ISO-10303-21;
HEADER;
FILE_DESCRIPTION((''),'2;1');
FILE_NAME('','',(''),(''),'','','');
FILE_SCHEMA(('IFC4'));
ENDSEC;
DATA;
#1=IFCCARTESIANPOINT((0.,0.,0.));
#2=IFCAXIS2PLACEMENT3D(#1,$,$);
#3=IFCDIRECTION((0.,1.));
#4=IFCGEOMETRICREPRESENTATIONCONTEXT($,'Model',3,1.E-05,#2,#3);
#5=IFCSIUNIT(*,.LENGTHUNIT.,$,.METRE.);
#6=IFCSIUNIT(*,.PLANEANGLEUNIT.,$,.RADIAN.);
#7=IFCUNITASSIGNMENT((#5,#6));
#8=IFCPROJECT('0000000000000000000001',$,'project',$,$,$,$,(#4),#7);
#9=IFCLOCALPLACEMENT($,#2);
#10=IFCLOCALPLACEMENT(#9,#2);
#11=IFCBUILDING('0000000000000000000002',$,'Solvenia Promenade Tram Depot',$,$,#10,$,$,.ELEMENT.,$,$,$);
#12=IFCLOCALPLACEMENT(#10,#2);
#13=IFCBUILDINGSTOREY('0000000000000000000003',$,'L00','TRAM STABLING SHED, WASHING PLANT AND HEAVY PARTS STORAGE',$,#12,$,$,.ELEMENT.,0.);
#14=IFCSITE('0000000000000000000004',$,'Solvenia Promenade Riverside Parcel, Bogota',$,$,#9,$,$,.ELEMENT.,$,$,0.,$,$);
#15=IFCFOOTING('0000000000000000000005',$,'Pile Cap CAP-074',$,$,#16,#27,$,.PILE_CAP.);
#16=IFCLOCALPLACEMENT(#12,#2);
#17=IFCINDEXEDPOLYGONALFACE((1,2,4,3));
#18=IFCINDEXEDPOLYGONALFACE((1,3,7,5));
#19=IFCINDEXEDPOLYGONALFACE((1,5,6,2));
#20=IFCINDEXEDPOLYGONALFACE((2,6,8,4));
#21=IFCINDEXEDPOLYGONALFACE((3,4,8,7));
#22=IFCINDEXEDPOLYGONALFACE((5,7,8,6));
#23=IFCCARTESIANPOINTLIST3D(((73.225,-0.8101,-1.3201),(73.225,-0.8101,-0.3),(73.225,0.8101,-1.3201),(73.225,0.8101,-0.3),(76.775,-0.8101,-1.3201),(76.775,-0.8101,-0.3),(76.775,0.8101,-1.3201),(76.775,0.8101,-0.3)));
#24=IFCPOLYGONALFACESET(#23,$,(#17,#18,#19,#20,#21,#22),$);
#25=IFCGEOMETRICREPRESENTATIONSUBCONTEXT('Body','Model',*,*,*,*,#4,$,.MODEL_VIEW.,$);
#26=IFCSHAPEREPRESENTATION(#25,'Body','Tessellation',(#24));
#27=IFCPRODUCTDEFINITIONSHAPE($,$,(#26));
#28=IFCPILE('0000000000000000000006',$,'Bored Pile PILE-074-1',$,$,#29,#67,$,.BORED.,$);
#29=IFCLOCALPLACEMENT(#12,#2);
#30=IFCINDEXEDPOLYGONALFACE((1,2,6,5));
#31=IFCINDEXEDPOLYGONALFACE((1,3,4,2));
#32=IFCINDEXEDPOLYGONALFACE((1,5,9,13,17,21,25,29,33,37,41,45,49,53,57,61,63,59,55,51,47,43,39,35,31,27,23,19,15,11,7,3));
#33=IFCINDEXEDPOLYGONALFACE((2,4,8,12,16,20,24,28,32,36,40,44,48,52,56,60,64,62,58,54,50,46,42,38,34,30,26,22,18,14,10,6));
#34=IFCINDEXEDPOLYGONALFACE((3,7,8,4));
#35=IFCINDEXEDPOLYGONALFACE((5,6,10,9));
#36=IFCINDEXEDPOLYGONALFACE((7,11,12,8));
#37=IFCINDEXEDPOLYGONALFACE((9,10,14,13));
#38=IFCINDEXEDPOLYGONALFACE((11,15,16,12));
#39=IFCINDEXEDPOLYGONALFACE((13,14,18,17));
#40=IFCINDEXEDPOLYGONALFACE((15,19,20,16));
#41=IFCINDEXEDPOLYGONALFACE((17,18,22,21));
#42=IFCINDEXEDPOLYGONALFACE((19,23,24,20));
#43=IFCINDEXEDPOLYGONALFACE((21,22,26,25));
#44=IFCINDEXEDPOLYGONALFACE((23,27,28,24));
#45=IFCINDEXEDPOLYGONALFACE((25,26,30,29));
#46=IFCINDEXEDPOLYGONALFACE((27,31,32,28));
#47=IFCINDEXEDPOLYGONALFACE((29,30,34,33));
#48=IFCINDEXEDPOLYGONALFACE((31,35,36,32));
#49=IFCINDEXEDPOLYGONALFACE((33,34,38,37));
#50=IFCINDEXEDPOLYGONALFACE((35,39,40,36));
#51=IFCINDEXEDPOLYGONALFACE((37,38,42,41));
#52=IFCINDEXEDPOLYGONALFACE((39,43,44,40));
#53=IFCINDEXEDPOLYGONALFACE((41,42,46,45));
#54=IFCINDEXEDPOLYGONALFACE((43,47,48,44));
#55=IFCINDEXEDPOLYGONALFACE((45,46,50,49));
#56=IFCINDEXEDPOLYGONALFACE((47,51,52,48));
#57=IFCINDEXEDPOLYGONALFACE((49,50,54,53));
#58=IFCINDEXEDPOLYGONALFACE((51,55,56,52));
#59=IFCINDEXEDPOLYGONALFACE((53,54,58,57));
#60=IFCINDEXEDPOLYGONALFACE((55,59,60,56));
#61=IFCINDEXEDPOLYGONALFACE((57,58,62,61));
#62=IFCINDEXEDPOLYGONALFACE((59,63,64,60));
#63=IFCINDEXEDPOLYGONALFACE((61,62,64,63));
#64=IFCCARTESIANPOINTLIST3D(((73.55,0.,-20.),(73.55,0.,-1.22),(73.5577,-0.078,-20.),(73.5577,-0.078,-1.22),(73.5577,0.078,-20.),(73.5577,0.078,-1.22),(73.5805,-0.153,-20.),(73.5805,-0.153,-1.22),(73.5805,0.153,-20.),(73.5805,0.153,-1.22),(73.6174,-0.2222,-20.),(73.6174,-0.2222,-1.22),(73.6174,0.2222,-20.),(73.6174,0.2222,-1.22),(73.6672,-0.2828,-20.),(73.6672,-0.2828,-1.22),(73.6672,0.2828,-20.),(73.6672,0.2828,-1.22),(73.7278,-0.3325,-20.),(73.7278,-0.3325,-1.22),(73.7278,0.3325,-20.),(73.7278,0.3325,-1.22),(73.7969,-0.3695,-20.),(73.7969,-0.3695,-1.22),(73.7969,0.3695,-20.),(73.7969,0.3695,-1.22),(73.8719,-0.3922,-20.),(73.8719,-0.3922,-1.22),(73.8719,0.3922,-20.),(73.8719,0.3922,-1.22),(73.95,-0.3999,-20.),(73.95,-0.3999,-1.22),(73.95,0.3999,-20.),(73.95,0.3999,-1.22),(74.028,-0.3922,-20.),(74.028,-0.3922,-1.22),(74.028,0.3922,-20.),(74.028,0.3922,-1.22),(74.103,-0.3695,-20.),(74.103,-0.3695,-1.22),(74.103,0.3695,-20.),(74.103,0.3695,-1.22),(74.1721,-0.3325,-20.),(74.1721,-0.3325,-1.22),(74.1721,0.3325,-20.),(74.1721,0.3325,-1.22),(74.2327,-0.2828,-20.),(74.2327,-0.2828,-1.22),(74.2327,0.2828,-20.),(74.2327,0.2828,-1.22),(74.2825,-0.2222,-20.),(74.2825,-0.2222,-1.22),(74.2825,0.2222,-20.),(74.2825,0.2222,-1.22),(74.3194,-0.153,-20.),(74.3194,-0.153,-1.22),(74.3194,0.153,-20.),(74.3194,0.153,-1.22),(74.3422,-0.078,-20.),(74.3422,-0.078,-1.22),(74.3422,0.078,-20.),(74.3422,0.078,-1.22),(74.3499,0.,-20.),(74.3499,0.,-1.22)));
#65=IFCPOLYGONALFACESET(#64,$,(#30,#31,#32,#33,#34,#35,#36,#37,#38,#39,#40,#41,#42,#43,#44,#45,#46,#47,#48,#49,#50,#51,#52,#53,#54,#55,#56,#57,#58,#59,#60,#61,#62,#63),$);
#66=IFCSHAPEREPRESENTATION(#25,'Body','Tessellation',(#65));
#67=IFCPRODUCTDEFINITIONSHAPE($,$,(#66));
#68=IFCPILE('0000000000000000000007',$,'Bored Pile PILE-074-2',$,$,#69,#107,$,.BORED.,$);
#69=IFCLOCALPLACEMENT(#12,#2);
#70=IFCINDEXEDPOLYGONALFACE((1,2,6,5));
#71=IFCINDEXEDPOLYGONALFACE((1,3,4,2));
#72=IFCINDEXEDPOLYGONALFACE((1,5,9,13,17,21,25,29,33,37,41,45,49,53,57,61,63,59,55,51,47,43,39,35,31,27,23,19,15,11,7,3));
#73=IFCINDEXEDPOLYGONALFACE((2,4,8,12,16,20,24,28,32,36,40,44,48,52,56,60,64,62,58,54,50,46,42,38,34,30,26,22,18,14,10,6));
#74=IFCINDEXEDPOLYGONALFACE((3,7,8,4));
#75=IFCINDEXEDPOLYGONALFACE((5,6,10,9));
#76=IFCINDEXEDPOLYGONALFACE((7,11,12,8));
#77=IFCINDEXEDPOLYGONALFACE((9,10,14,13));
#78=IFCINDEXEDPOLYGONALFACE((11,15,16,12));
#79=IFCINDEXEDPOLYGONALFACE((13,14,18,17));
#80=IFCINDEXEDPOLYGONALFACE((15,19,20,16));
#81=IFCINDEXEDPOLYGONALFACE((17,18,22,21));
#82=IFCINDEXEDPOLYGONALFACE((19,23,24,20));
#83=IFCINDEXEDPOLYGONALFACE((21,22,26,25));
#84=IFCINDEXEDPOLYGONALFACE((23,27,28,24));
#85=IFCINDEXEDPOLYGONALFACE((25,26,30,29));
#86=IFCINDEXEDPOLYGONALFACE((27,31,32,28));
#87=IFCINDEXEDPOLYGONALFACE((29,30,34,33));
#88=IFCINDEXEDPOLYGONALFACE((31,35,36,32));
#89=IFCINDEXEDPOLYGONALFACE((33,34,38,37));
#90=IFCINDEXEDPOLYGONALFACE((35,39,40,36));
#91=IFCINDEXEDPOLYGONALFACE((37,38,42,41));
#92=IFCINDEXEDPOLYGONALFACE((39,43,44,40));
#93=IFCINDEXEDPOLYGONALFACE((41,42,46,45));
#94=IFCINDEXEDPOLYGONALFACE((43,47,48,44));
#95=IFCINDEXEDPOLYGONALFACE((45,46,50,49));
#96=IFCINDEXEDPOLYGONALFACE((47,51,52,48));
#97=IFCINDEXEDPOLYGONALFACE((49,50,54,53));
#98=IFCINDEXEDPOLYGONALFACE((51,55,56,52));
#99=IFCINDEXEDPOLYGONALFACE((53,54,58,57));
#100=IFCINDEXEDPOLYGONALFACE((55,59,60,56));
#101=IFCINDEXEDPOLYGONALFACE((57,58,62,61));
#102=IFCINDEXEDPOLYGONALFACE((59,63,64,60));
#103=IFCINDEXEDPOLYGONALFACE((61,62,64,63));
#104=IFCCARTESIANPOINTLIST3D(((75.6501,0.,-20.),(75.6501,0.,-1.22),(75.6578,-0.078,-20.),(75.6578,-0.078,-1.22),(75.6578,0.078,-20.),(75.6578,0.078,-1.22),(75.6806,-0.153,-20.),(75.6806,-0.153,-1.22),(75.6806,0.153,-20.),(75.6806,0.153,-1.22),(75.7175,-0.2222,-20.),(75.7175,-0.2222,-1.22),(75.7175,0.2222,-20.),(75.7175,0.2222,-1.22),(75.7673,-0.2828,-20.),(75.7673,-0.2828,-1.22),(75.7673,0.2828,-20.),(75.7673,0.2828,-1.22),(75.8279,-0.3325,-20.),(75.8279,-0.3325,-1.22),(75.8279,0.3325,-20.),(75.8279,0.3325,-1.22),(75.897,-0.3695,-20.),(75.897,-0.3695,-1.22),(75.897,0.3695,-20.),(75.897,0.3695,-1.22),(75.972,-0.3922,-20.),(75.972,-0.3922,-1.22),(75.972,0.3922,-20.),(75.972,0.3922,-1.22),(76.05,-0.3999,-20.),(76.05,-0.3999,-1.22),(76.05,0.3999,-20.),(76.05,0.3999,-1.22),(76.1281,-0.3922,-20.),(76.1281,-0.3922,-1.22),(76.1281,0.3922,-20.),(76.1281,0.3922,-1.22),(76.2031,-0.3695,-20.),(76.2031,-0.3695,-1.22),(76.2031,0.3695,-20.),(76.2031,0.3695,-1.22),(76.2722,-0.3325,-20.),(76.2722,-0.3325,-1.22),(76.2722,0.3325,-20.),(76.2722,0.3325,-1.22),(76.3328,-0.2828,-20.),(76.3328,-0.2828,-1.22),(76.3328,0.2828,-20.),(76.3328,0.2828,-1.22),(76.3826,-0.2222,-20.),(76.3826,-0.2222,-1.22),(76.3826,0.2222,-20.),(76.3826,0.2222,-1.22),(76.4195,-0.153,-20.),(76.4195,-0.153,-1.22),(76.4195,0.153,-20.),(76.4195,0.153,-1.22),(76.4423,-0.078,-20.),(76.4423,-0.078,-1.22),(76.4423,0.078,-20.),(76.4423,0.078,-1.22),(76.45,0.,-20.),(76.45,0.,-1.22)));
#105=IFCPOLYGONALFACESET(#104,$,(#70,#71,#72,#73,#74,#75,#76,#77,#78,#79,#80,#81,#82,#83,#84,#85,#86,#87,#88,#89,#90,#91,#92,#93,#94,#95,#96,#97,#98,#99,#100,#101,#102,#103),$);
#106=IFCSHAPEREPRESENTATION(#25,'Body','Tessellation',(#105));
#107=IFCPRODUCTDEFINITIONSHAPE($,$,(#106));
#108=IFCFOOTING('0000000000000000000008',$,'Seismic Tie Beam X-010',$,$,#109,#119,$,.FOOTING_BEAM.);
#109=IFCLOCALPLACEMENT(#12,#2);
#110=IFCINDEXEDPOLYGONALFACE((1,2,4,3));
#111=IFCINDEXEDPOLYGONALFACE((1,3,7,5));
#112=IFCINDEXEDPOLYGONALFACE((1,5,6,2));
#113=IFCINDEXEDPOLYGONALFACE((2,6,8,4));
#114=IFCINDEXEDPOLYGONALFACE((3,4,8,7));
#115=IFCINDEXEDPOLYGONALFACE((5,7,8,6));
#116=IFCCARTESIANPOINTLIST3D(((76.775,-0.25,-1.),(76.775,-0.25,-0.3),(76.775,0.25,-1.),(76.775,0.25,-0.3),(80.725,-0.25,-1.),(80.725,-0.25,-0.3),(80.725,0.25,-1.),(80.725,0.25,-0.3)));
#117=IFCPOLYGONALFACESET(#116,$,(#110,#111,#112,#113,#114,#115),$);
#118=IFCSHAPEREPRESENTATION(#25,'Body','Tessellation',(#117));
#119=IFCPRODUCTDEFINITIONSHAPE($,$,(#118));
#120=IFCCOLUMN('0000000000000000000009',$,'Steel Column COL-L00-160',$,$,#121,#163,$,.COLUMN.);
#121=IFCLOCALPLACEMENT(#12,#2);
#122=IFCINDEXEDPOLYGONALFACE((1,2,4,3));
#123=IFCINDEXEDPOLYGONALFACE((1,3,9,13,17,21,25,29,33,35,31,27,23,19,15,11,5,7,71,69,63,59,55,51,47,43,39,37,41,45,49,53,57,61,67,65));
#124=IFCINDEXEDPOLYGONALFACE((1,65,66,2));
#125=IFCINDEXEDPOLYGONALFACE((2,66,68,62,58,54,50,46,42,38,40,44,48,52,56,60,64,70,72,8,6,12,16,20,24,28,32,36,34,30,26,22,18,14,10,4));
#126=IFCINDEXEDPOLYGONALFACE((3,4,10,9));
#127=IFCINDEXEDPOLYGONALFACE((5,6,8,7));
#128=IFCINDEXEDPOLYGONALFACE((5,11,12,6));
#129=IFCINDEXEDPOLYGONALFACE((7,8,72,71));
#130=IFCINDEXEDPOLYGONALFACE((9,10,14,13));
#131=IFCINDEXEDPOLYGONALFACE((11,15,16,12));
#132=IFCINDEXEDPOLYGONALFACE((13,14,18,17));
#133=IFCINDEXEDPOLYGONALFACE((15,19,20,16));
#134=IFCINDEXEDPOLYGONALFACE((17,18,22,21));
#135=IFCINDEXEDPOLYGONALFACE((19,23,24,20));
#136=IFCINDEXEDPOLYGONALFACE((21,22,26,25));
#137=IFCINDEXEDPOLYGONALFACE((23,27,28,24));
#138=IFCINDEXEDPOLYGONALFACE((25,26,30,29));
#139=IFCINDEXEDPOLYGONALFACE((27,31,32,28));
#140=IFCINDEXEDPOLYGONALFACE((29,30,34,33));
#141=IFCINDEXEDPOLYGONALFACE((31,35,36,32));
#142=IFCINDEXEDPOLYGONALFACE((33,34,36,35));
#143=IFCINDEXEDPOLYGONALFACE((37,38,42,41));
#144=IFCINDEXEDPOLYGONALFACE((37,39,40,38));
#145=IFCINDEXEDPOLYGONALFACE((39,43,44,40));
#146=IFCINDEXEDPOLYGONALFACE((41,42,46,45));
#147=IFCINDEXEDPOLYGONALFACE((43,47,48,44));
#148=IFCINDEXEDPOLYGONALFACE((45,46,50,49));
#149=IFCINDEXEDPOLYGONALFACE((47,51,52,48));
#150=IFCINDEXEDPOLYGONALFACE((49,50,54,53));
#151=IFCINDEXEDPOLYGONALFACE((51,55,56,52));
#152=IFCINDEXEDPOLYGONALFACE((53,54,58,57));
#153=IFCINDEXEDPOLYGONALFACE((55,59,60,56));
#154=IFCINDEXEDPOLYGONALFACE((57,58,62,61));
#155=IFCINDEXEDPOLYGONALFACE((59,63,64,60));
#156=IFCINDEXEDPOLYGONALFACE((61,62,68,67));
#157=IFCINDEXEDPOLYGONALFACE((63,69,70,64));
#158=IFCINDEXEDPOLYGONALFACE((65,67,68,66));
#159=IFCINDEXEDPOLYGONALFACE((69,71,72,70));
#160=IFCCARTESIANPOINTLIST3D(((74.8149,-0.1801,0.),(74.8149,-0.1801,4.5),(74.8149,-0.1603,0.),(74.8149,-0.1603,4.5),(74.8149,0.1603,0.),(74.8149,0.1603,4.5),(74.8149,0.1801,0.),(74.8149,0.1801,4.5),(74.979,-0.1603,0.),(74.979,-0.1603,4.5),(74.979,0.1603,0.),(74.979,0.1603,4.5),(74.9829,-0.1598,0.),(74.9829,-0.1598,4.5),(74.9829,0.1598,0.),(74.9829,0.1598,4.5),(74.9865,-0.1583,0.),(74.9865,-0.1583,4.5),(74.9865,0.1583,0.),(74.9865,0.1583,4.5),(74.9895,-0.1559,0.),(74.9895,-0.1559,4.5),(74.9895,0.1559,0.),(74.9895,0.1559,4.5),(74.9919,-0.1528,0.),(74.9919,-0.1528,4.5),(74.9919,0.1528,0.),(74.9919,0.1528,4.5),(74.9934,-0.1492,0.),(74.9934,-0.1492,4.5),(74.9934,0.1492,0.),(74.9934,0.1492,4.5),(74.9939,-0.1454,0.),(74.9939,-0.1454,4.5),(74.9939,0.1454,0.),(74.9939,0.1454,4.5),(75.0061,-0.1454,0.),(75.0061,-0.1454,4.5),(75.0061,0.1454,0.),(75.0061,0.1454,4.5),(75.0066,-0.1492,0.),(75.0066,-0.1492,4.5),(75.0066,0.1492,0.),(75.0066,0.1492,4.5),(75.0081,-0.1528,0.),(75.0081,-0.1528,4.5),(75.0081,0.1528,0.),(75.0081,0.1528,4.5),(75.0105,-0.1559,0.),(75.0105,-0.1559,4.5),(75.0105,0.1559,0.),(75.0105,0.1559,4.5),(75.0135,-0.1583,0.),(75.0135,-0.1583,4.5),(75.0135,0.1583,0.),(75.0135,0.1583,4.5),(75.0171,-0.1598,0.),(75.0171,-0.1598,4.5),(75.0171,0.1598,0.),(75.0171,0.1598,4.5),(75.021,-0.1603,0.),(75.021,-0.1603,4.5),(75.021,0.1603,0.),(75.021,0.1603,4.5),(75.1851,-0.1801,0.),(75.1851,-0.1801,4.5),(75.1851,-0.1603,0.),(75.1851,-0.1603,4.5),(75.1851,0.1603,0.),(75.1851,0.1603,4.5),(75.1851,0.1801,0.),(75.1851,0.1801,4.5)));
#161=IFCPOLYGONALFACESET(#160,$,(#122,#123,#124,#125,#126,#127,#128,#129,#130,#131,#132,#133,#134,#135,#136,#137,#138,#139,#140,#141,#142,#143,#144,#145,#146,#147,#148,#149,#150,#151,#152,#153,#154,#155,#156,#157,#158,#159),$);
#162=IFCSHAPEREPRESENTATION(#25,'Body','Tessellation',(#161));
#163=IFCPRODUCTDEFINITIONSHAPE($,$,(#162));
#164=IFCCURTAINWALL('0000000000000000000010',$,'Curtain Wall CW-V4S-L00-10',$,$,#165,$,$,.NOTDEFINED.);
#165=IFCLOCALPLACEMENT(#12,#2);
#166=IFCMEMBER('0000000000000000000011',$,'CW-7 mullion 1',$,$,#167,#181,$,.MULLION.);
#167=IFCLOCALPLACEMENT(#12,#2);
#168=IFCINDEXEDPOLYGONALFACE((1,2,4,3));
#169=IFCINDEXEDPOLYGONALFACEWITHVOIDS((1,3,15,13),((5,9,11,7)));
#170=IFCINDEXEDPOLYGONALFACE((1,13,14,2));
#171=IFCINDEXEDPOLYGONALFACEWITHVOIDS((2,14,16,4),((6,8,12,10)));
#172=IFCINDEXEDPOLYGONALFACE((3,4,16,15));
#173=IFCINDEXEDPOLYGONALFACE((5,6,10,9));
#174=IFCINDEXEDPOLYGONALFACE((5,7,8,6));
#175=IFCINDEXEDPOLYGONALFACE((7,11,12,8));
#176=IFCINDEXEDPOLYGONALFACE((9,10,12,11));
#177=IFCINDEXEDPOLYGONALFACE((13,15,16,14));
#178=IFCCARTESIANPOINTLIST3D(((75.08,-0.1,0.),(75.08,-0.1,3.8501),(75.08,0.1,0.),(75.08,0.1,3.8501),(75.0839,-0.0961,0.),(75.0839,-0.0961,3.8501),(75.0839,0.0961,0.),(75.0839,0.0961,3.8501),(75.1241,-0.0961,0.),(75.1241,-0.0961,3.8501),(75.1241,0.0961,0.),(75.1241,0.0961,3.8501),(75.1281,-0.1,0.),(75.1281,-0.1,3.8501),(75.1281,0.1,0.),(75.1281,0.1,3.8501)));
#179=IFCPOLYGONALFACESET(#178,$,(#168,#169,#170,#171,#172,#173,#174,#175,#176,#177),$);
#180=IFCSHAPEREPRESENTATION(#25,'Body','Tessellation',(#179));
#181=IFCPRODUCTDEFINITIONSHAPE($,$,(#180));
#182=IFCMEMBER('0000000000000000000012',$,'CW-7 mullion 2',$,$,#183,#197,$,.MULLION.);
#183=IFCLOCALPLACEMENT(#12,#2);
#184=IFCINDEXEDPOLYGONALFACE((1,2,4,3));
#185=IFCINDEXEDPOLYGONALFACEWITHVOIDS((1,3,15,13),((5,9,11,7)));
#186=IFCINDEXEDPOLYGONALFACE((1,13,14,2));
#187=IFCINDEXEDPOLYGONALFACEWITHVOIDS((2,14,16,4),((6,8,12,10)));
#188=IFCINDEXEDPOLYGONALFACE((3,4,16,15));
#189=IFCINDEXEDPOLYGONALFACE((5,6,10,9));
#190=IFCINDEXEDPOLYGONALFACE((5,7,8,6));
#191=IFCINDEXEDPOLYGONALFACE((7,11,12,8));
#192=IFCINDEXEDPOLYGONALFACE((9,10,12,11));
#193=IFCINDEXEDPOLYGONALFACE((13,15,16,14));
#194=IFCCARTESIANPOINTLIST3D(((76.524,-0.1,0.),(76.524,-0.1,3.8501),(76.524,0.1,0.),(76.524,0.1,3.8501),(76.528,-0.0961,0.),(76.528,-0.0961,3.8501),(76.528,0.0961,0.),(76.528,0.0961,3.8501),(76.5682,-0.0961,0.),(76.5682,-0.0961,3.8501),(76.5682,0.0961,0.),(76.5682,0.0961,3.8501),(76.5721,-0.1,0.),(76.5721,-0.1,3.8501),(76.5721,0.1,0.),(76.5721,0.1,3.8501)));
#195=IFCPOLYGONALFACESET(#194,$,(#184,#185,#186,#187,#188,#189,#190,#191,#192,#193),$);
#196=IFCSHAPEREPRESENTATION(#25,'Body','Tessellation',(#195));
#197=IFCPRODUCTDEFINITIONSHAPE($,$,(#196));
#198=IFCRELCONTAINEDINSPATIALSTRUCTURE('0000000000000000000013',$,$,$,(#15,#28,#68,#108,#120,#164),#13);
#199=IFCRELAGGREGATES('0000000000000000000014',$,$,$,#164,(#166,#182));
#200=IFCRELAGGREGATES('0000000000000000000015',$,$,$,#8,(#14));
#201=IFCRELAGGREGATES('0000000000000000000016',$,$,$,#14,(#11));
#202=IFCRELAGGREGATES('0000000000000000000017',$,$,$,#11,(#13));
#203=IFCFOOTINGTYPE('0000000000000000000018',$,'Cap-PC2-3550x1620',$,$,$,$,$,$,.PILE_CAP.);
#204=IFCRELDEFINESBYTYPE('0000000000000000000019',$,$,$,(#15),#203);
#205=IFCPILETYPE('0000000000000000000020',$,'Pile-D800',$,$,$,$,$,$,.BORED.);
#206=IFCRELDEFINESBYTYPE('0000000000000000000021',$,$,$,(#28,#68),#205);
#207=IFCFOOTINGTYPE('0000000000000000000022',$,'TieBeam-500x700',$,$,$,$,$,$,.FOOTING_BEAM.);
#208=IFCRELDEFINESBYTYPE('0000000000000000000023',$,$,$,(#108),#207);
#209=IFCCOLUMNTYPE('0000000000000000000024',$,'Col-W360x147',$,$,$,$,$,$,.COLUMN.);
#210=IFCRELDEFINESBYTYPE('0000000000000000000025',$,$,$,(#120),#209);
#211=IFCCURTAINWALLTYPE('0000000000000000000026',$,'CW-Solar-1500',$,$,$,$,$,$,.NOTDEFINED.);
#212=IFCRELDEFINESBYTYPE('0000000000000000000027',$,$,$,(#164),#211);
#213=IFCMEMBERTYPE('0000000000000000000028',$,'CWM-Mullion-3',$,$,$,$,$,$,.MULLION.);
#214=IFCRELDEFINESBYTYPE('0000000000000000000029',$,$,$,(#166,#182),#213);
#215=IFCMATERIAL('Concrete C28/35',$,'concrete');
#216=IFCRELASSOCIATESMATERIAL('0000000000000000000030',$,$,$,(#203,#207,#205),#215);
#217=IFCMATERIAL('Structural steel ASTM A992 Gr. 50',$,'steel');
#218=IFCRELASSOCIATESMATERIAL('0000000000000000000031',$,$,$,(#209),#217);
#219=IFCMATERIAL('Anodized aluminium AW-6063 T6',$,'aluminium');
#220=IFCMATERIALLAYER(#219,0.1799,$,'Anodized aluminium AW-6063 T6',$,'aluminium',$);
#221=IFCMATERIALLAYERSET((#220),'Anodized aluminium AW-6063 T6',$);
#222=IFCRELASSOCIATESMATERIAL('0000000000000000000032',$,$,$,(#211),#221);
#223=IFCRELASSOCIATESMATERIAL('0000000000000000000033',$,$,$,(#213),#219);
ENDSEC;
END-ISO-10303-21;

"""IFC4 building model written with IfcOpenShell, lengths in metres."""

from ifc_helpers import new_model, si_unit, direction, frame, origin, origin_2d, place, context, subcontext, project, spatial, rectangle, hollow_rectangle, circle, i_section, extrude, material, layer, layer_set, material_profile, profile_set, type_object, element, aggregate, save


model = new_model("IFC4")

# Units and contexts
model_context = context("Model", 3, precision=1e-05, world=origin(), true_north=direction((0.0, 1.0)))
body_context = subcontext(model_context, "Body", "Model", "MODEL_VIEW")
ifc_project = project(units=[si_unit("LENGTHUNIT", "METRE"), si_unit("PLANEANGLEUNIT", "RADIAN")], contexts=[model_context])

# Site, building, storey
site_placement = place(None, origin())
site = spatial("IfcSite", under=ifc_project, at=site_placement, Name="Solvenia Promenade Riverside Parcel, Bogota", CompositionType="ELEMENT", RefElevation=0.0)
building_placement = place(site_placement, origin())
building = spatial("IfcBuilding", under=site, at=building_placement, Name="Solvenia Promenade Tram Depot", CompositionType="ELEMENT")
storey_placement = place(building_placement, origin())
storey = spatial("IfcBuildingStorey", under=building, at=storey_placement, Name="L00", Description="TRAM STABLING SHED, WASHING PLANT AND HEAVY PARTS STORAGE", CompositionType="ELEMENT", Elevation=0.0)

# Footing
ifc_material_1 = material(Name="Concrete C28/35", Category="concrete")
footing_type_1 = type_object("IfcFootingType", Name="Cap-PC2-3550x1620", PredefinedType="PILE_CAP", material=ifc_material_1)
footing_1_placement = place(storey_placement, frame((75.0, 0.0, -1.3201), z_axis=(0.0, 0.0, 1.0), x_axis=(1.0, 0.0, 0.0)))
element("IfcFooting", 1, at=footing_1_placement, inside=storey, type_object=footing_type_1, Name="Pile Cap CAP-074", PredefinedType="PILE_CAP", context=body_context, shape_type="SweptSolid", body=[
    extrude(rectangle(XDim=3.55, YDim=1.6201, at=origin_2d()), origin(), (0.0, 0.0, 1.0), 1.02),
])

# Piles
ifc_material_profile_1 = material_profile(ifc_material_1, circle(Radius=0.3999, at=origin_2d()), Name="D800", Category="concrete")
ifc_profile_set_1 = profile_set([ifc_material_profile_1], Name="Concrete C28/35")
pile_type = type_object("IfcPileType", Name="Pile-D800", PredefinedType="BORED", material=ifc_profile_set_1)
for number, where, z_axis, x_axis, name in (
    (2, (73.95, 0.0, -1.22), (0.0, 0.0, -1.0), (1.0, 0.0, 0.0), "Bored Pile PILE-074-1"),
    (3, (76.05, 0.0, -1.22), (0.0, 0.0, -1.0), (1.0, 0.0, 0.0), "Bored Pile PILE-074-2"),
):
    element("IfcPile", number, at=place(storey_placement, frame(where, z_axis=z_axis, x_axis=x_axis)), inside=storey, type_object=pile_type, Name=name, PredefinedType="BORED", context=body_context, shape_type="SweptSolid", body=[
        extrude(circle(Radius=0.3999, at=origin_2d()), origin(), (0.0, 0.0, 1.0), 18.78),
    ])

# Footing
footing_type_2 = type_object("IfcFootingType", Name="TieBeam-500x700", PredefinedType="FOOTING_BEAM", material=ifc_material_1)
footing_2_placement = place(storey_placement, frame((78.75, 0.0, -1.0), z_axis=(0.0, 0.0, 1.0), x_axis=(1.0, 0.0, 0.0)))
element("IfcFooting", 4, at=footing_2_placement, inside=storey, type_object=footing_type_2, Name="Seismic Tie Beam X-010", PredefinedType="FOOTING_BEAM", context=body_context, shape_type="SweptSolid", body=[
    extrude(rectangle(XDim=3.95, YDim=0.5, at=origin_2d()), origin(), (0.0, 0.0, 1.0), 0.7),
])

# Column
ifc_material_2 = material(Name="Structural steel ASTM A992 Gr. 50", Category="steel")
ifc_material_profile_2 = material_profile(ifc_material_2, i_section(OverallWidth=0.3701, OverallDepth=0.3601, WebThickness=0.0122, FlangeThickness=0.0198, FilletRadius=0.0149, at=origin_2d()), Name="W360x147", Category="steel")
ifc_profile_set_2 = profile_set([ifc_material_profile_2], Name="Structural steel ASTM A992 Gr. 50")
column_type = type_object("IfcColumnType", Name="Col-W360x147", PredefinedType="COLUMN", material=ifc_profile_set_2)
column_placement = place(storey_placement, frame((75.0, 0.0, 0.0), z_axis=(0.0, 0.0, 1.0), x_axis=(1.0, 0.0, 0.0)))
element("IfcColumn", 5, at=column_placement, inside=storey, type_object=column_type, Name="Steel Column COL-L00-160", PredefinedType="COLUMN", context=body_context, shape_type="SweptSolid", body=[
    extrude(i_section(OverallWidth=0.3701, OverallDepth=0.3601, WebThickness=0.0122, FlangeThickness=0.0198, FilletRadius=0.0149, at=origin_2d()), origin(), (0.0, 0.0, 1.0), 4.5),
])

# Curtain wall, members
ifc_material_3 = material(Name="Anodized aluminium AW-6063 T6", Category="aluminium")
ifc_layer_1 = layer(ifc_material_3, 0.1799, Name="Anodized aluminium AW-6063 T6", Category="aluminium")
ifc_layer_set_1 = layer_set([ifc_layer_1], Name="Anodized aluminium AW-6063 T6")
curtain_wall_type = type_object("IfcCurtainWallType", Name="CW-Solar-1500", PredefinedType="NOTDEFINED", material=ifc_layer_set_1)
curtain_wall_placement = place(storey_placement, origin())
curtain_wall = element("IfcCurtainWall", 6, at=curtain_wall_placement, inside=storey, type_object=curtain_wall_type, Name="Curtain Wall CW-V4S-L00-10", PredefinedType="NOTDEFINED")
ifc_material_profile_3 = material_profile(ifc_material_3, hollow_rectangle(XDim=0.2, YDim=0.0481, WallThickness=0.0039, at=origin_2d()), Name="ALU-M3", Category="aluminium")
ifc_profile_set_3 = profile_set([ifc_material_profile_3], Name="Anodized aluminium AW-6063 T6")
member_type_1 = type_object("IfcMemberType", Name="CWM-Mullion-3", PredefinedType="MULLION", material=ifc_profile_set_3)
member_1_placement = place(storey_placement, frame((75.104, 0.0, 0.0), z_axis=(0.0, 0.0, 1.0), x_axis=(0.0, 1.0, 0.0)))
member_1 = element("IfcMember", 7, at=member_1_placement, type_object=member_type_1, Name="CW-7 mullion 1", PredefinedType="MULLION", context=body_context, shape_type="SweptSolid", body=[
    extrude(hollow_rectangle(XDim=0.2, YDim=0.0481, WallThickness=0.0039, at=origin_2d()), origin(), (0.0, 0.0, 1.0), 3.8501),
])
member_2_placement = place(storey_placement, frame((76.5481, 0.0, 0.0), z_axis=(0.0, 0.0, 1.0), x_axis=(0.0, 1.0, 0.0)))
member_2 = element("IfcMember", 8, at=member_2_placement, type_object=member_type_1, Name="CW-7 mullion 2", PredefinedType="MULLION", context=body_context, shape_type="SweptSolid", body=[
    extrude(hollow_rectangle(XDim=0.2, YDim=0.0481, WallThickness=0.0039, at=origin_2d()), origin(), (0.0, 0.0, 1.0), 3.8501),
])
aggregate(curtain_wall, [member_1, member_2])

save(model, "model.ifc")
